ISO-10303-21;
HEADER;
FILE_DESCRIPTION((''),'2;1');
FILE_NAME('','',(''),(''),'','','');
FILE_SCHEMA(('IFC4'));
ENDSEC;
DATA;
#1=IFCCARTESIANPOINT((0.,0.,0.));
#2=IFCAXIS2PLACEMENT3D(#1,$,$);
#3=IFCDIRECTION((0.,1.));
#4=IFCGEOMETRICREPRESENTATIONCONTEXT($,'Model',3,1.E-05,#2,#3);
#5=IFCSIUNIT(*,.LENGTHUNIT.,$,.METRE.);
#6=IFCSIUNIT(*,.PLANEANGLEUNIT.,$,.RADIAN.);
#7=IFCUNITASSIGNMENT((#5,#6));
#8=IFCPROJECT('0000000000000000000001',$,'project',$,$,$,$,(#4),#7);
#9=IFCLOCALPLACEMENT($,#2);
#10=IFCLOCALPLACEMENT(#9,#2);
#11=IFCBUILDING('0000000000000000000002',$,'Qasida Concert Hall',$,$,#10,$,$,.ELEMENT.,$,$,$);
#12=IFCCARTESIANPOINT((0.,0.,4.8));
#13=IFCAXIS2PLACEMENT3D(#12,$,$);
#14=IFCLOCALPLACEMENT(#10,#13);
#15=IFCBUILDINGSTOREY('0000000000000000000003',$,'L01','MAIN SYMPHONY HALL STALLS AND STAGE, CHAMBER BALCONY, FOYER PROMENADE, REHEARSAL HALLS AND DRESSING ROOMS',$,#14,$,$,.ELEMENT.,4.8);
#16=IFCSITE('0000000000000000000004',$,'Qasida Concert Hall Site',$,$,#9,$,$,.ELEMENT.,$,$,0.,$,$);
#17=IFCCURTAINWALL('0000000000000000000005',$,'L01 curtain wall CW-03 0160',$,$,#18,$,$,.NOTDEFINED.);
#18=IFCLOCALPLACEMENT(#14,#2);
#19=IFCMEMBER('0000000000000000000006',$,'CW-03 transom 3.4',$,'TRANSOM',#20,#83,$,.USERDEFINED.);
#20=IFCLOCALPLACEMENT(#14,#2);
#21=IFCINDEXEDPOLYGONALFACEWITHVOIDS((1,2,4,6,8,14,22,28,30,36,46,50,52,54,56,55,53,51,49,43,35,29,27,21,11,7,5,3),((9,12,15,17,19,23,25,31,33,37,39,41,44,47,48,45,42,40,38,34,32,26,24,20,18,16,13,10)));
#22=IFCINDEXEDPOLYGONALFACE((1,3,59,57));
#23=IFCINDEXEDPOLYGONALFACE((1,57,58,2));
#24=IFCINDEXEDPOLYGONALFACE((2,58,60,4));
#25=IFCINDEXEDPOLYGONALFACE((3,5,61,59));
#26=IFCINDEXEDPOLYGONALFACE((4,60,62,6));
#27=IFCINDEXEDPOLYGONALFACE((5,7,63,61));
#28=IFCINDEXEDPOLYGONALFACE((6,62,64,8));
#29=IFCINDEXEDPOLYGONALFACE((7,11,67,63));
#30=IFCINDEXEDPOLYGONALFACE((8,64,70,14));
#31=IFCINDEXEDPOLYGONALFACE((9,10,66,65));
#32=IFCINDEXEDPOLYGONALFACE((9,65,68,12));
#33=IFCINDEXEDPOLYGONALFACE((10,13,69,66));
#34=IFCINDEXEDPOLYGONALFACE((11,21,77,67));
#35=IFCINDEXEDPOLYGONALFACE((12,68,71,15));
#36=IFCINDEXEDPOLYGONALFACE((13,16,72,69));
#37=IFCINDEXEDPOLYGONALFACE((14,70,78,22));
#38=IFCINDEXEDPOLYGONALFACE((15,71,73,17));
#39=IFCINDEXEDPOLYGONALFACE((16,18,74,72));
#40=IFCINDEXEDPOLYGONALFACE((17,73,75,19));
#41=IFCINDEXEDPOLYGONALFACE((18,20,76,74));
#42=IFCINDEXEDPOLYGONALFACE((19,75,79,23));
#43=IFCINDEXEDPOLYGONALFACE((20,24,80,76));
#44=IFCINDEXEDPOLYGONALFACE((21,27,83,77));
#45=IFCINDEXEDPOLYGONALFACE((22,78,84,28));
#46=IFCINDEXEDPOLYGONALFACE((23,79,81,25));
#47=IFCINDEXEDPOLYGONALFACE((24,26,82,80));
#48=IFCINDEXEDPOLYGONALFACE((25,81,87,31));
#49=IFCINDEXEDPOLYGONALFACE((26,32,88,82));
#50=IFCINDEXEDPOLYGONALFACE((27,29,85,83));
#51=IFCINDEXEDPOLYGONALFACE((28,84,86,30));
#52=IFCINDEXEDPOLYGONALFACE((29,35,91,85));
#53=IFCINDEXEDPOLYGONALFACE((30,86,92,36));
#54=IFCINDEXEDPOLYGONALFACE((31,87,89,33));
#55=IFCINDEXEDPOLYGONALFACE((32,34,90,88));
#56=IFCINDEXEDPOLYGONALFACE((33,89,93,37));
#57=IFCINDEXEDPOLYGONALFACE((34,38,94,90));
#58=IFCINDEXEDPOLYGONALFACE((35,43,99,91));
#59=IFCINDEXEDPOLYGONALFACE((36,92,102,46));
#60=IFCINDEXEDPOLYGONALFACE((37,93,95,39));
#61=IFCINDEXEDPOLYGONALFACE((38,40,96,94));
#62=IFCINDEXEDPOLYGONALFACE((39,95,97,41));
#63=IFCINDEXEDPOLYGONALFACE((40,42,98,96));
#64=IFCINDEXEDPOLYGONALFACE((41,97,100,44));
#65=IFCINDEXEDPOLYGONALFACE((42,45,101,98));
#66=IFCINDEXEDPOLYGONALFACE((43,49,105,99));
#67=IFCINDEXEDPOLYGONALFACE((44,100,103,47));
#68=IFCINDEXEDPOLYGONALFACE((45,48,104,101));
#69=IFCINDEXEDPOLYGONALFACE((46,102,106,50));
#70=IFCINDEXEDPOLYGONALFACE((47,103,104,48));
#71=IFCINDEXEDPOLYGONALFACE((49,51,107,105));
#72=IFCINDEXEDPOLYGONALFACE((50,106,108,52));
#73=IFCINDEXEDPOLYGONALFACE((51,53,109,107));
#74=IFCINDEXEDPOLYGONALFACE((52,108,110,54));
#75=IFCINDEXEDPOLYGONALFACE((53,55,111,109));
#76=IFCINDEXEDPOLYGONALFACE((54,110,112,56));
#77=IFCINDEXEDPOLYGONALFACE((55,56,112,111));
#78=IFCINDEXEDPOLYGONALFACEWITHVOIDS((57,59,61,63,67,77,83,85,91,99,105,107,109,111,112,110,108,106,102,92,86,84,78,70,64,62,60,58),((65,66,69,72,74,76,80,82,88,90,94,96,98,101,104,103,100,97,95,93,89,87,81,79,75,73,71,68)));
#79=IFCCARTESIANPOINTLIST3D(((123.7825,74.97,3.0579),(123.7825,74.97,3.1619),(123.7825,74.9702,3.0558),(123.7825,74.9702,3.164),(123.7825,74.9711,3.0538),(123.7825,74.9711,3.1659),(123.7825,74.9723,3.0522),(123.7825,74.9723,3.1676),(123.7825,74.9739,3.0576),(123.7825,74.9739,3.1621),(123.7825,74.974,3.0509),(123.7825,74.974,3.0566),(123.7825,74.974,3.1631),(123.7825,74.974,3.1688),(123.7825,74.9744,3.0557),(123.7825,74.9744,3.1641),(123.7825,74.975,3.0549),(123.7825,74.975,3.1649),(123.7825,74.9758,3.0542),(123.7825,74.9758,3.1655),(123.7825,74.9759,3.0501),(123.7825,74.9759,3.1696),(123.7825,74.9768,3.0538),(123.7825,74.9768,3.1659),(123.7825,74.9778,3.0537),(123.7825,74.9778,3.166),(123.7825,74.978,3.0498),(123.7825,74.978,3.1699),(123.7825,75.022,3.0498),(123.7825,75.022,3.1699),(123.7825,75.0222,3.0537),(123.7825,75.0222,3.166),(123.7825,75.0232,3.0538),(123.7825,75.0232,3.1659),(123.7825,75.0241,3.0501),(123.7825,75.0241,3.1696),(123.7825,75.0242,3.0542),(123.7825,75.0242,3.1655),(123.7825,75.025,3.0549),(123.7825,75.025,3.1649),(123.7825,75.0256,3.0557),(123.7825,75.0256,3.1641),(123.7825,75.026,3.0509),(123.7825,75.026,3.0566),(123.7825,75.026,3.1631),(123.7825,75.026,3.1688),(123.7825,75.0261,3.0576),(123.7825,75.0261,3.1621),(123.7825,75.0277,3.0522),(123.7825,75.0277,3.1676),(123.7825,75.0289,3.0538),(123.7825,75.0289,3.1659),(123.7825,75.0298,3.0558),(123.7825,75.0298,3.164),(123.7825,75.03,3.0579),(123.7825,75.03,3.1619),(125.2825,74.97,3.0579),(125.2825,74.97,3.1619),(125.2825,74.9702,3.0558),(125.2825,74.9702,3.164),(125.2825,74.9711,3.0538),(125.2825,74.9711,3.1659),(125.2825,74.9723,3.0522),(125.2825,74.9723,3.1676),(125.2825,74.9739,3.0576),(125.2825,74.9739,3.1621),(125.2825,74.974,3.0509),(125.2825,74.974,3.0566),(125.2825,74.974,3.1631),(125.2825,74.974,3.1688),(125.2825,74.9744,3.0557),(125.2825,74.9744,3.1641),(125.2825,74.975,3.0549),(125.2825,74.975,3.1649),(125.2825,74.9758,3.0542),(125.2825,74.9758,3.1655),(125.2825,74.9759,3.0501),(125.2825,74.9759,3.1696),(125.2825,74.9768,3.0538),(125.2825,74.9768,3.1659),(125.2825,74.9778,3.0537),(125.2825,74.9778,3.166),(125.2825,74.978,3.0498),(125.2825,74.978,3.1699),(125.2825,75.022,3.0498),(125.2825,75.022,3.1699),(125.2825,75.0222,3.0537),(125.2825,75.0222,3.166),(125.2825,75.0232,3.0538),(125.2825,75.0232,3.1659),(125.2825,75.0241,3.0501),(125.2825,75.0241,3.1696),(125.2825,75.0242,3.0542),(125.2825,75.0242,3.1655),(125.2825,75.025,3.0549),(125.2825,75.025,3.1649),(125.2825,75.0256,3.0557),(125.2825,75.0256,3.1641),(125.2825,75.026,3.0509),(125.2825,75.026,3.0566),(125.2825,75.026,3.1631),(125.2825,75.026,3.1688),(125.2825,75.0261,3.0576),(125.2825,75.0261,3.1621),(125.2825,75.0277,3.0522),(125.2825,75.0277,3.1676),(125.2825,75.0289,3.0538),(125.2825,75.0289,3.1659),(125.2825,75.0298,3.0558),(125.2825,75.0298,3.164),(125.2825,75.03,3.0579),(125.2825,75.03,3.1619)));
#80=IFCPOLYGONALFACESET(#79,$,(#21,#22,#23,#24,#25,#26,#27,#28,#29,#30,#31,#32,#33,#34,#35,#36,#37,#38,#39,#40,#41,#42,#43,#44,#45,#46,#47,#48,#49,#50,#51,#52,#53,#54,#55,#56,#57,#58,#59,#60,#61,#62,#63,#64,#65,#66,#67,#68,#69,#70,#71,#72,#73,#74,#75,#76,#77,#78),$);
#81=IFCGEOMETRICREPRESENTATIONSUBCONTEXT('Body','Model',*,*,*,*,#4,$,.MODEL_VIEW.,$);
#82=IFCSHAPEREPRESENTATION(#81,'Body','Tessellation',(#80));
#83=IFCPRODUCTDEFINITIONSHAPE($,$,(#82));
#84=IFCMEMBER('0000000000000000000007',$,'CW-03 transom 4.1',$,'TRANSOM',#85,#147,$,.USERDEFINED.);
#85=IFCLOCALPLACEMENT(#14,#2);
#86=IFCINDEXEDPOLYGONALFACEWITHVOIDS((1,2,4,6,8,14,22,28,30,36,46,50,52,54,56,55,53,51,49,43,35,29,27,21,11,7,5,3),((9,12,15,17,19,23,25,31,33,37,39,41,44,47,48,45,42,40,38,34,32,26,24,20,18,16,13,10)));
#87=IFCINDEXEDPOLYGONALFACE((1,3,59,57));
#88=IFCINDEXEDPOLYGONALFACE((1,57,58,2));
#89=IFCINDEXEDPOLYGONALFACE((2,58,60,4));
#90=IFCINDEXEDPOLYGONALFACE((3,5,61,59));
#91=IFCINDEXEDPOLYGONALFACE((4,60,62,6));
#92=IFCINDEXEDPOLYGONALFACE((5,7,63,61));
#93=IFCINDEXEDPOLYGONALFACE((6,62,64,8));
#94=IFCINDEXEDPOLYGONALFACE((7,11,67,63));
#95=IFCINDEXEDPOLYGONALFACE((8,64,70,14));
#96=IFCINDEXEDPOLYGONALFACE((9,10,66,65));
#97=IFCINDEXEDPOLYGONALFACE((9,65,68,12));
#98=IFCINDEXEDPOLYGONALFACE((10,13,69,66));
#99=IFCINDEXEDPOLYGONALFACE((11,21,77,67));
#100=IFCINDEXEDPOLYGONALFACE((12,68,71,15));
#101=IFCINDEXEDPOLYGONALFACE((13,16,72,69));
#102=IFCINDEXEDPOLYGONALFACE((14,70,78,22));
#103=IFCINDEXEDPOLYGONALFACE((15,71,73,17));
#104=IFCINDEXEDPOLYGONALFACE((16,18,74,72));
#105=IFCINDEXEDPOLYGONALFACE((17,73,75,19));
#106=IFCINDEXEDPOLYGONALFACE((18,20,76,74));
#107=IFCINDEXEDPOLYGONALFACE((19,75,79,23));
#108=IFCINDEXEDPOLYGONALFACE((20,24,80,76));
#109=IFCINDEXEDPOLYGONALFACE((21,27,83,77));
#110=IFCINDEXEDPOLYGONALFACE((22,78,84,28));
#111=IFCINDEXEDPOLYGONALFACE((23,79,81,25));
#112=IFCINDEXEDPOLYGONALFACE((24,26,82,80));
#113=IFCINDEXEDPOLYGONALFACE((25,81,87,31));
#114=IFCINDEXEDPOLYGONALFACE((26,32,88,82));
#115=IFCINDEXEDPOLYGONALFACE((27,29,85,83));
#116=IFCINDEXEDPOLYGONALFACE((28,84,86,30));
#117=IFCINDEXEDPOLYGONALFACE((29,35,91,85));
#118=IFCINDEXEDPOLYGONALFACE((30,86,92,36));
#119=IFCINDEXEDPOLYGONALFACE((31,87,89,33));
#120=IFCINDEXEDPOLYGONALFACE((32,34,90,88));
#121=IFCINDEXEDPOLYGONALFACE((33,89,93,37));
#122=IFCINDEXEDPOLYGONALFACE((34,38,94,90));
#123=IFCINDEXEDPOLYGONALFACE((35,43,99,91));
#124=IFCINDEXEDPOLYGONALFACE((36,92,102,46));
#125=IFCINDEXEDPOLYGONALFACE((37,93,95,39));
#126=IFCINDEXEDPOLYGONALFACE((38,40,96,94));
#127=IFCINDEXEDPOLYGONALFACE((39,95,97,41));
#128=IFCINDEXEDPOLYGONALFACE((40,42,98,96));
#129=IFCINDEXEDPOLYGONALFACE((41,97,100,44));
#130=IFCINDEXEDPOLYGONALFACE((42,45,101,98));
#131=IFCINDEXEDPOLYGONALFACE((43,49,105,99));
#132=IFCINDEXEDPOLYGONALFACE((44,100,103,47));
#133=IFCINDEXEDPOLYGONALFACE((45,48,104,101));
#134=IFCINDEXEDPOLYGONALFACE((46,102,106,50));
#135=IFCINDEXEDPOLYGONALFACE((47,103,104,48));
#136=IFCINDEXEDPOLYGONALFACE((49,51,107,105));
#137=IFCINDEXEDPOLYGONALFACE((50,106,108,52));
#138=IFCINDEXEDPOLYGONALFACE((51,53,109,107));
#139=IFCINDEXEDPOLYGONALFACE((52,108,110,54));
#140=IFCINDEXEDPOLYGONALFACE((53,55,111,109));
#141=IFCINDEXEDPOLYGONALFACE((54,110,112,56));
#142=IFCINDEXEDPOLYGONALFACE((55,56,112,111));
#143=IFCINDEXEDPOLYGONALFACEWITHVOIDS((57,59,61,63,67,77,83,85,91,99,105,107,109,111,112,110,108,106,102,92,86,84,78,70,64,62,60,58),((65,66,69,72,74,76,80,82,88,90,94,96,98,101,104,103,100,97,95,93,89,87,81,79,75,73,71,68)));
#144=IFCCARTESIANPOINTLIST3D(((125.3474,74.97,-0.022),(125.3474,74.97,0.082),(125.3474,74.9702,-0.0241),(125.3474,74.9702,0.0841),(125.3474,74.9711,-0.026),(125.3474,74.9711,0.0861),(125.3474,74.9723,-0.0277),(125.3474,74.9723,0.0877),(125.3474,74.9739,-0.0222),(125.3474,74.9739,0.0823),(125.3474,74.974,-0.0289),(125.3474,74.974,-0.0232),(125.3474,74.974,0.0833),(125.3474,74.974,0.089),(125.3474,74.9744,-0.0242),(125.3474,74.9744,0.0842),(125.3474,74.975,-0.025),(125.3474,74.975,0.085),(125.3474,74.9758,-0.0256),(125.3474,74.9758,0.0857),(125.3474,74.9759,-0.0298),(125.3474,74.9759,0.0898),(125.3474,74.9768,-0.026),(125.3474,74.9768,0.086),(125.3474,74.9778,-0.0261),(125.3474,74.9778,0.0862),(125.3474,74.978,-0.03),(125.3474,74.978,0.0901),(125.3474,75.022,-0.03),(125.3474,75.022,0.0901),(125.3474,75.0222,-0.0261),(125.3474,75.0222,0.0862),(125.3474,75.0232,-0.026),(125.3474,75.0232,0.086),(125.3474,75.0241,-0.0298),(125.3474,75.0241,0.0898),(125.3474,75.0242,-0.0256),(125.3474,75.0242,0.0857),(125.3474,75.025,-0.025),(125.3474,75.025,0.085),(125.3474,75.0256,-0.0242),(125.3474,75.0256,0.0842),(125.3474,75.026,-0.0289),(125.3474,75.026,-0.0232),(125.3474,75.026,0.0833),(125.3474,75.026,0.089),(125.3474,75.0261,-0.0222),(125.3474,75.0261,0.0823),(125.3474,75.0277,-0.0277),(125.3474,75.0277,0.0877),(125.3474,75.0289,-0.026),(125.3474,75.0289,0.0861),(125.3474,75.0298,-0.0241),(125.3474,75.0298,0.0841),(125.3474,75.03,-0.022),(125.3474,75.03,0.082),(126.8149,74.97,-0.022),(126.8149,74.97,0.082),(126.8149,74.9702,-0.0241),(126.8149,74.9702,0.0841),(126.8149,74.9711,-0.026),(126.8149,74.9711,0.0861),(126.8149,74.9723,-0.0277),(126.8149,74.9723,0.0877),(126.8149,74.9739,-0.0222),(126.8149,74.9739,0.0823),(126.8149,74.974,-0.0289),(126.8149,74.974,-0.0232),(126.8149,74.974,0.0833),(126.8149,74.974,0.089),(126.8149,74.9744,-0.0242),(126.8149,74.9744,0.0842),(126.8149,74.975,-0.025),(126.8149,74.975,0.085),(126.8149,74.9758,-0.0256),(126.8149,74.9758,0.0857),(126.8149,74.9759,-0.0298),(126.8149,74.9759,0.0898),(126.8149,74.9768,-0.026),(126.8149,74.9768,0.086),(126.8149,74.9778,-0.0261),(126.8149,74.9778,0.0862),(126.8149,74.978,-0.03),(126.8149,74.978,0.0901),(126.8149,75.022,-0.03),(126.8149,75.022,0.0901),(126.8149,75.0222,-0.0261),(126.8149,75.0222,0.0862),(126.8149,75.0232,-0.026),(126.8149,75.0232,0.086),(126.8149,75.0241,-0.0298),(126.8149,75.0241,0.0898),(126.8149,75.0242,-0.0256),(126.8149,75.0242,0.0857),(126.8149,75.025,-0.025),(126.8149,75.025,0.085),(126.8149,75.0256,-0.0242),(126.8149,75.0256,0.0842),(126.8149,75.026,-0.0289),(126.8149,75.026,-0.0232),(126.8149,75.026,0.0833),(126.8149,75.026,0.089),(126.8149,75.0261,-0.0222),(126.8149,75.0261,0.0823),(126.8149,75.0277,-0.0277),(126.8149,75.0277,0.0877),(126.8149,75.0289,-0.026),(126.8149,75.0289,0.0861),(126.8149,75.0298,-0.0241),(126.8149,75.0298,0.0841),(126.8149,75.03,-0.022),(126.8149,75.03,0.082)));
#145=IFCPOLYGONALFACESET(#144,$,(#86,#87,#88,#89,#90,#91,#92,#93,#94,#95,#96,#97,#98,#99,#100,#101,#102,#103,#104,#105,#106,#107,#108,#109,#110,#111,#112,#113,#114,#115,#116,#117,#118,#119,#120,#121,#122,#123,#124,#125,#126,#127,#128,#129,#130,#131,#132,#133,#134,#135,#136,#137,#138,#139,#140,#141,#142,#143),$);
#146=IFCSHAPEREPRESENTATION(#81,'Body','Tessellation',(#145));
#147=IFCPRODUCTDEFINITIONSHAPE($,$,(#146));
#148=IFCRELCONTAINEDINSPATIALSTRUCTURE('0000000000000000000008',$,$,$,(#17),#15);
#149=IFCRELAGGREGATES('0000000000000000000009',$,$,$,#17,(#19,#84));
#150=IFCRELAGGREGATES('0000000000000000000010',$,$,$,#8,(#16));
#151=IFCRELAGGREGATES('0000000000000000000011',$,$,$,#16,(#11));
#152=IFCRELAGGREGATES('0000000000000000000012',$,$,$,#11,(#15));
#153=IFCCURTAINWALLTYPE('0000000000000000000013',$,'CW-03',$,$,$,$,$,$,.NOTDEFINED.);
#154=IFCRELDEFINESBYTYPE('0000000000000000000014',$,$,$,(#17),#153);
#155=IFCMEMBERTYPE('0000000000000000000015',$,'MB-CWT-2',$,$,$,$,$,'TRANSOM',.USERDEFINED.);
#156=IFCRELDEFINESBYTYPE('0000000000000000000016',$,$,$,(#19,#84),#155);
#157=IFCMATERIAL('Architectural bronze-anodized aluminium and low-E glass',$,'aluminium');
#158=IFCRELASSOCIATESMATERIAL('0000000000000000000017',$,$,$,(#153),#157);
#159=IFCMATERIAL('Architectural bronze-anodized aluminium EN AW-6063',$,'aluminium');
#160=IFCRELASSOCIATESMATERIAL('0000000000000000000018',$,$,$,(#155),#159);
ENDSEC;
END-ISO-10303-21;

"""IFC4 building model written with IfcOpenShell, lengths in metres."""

from ifc_helpers import new_model, si_unit, direction, frame, origin, origin_2d, place, context, subcontext, project, spatial, hollow_rectangle, extrude, material, material_profile, profile_set, type_object, element, aggregate, save


model = new_model("IFC4")

# Units and contexts
model_context = context("Model", 3, precision=1e-05, world=origin(), true_north=direction((0.0, 1.0)))
body_context = subcontext(model_context, "Body", "Model", "MODEL_VIEW")
ifc_project = project(units=[si_unit("LENGTHUNIT", "METRE"), si_unit("PLANEANGLEUNIT", "RADIAN")], contexts=[model_context])

# Site, building, storey
site_placement = place(None, origin())
site = spatial("IfcSite", under=ifc_project, at=site_placement, Name="Qasida Concert Hall Site", CompositionType="ELEMENT", RefElevation=0.0)
building_placement = place(site_placement, origin())
building = spatial("IfcBuilding", under=site, at=building_placement, Name="Qasida Concert Hall", CompositionType="ELEMENT")
storey_placement = place(building_placement, frame((0.0, 0.0, 4.8)))
storey = spatial("IfcBuildingStorey", under=building, at=storey_placement, Name="L01", Description="MAIN SYMPHONY HALL STALLS AND STAGE, CHAMBER BALCONY, FOYER PROMENADE, REHEARSAL HALLS AND DRESSING ROOMS", CompositionType="ELEMENT", Elevation=4.8)

# Curtain wall, members
ifc_material_1 = material(Name="Architectural bronze-anodized aluminium and low-E glass", Category="aluminium")
curtain_wall_type = type_object("IfcCurtainWallType", Name="CW-03", PredefinedType="NOTDEFINED", material=ifc_material_1)
curtain_wall_placement = place(storey_placement, origin())
curtain_wall = element("IfcCurtainWall", 1, at=curtain_wall_placement, inside=storey, type_object=curtain_wall_type, Name="L01 curtain wall CW-03 0160", PredefinedType="NOTDEFINED")
ifc_material_2 = material(Name="Architectural bronze-anodized aluminium EN AW-6063", Category="aluminium")
ifc_material_profile_1 = material_profile(ifc_material_2, hollow_rectangle(XDim=0.0601, YDim=0.1201, WallThickness=0.0039, InnerFilletRadius=0.0039, OuterFilletRadius=0.0081, at=origin_2d()), Name="CWT 120x60x4")
ifc_profile_set_1 = profile_set([ifc_material_profile_1], Name="Architectural bronze-anodized aluminium EN AW-6063")
member_type_1 = type_object("IfcMemberType", Name="MB-CWT-2", ElementType="TRANSOM", PredefinedType="USERDEFINED", material=ifc_profile_set_1)
member_1_placement = place(storey_placement, frame((123.7825, 75.0, 3.1099), z_axis=(1.0, 0.0, 0.0), x_axis=(0.0, 1.0, 0.0)))
member_1 = element("IfcMember", 2, at=member_1_placement, type_object=member_type_1, Name="CW-03 transom 3.4", ObjectType="TRANSOM", PredefinedType="USERDEFINED", context=body_context, shape_type="SweptSolid", body=[
    extrude(hollow_rectangle(XDim=0.0601, YDim=0.1201, WallThickness=0.0039, InnerFilletRadius=0.0039, OuterFilletRadius=0.0081, at=origin_2d()), origin(), (0.0, 0.0, 1.0), 1.5),
])
member_2_placement = place(storey_placement, frame((125.3474, 75.0, 0.03), z_axis=(1.0, 0.0, 0.0), x_axis=(0.0, 1.0, 0.0)))
member_2 = element("IfcMember", 3, at=member_2_placement, type_object=member_type_1, Name="CW-03 transom 4.1", ObjectType="TRANSOM", PredefinedType="USERDEFINED", context=body_context, shape_type="SweptSolid", body=[
    extrude(hollow_rectangle(XDim=0.0601, YDim=0.1201, WallThickness=0.0039, InnerFilletRadius=0.0039, OuterFilletRadius=0.0081, at=origin_2d()), origin(), (0.0, 0.0, 1.0), 1.4675),
])
aggregate(curtain_wall, [member_1, member_2])

save(model, "model.ifc")
